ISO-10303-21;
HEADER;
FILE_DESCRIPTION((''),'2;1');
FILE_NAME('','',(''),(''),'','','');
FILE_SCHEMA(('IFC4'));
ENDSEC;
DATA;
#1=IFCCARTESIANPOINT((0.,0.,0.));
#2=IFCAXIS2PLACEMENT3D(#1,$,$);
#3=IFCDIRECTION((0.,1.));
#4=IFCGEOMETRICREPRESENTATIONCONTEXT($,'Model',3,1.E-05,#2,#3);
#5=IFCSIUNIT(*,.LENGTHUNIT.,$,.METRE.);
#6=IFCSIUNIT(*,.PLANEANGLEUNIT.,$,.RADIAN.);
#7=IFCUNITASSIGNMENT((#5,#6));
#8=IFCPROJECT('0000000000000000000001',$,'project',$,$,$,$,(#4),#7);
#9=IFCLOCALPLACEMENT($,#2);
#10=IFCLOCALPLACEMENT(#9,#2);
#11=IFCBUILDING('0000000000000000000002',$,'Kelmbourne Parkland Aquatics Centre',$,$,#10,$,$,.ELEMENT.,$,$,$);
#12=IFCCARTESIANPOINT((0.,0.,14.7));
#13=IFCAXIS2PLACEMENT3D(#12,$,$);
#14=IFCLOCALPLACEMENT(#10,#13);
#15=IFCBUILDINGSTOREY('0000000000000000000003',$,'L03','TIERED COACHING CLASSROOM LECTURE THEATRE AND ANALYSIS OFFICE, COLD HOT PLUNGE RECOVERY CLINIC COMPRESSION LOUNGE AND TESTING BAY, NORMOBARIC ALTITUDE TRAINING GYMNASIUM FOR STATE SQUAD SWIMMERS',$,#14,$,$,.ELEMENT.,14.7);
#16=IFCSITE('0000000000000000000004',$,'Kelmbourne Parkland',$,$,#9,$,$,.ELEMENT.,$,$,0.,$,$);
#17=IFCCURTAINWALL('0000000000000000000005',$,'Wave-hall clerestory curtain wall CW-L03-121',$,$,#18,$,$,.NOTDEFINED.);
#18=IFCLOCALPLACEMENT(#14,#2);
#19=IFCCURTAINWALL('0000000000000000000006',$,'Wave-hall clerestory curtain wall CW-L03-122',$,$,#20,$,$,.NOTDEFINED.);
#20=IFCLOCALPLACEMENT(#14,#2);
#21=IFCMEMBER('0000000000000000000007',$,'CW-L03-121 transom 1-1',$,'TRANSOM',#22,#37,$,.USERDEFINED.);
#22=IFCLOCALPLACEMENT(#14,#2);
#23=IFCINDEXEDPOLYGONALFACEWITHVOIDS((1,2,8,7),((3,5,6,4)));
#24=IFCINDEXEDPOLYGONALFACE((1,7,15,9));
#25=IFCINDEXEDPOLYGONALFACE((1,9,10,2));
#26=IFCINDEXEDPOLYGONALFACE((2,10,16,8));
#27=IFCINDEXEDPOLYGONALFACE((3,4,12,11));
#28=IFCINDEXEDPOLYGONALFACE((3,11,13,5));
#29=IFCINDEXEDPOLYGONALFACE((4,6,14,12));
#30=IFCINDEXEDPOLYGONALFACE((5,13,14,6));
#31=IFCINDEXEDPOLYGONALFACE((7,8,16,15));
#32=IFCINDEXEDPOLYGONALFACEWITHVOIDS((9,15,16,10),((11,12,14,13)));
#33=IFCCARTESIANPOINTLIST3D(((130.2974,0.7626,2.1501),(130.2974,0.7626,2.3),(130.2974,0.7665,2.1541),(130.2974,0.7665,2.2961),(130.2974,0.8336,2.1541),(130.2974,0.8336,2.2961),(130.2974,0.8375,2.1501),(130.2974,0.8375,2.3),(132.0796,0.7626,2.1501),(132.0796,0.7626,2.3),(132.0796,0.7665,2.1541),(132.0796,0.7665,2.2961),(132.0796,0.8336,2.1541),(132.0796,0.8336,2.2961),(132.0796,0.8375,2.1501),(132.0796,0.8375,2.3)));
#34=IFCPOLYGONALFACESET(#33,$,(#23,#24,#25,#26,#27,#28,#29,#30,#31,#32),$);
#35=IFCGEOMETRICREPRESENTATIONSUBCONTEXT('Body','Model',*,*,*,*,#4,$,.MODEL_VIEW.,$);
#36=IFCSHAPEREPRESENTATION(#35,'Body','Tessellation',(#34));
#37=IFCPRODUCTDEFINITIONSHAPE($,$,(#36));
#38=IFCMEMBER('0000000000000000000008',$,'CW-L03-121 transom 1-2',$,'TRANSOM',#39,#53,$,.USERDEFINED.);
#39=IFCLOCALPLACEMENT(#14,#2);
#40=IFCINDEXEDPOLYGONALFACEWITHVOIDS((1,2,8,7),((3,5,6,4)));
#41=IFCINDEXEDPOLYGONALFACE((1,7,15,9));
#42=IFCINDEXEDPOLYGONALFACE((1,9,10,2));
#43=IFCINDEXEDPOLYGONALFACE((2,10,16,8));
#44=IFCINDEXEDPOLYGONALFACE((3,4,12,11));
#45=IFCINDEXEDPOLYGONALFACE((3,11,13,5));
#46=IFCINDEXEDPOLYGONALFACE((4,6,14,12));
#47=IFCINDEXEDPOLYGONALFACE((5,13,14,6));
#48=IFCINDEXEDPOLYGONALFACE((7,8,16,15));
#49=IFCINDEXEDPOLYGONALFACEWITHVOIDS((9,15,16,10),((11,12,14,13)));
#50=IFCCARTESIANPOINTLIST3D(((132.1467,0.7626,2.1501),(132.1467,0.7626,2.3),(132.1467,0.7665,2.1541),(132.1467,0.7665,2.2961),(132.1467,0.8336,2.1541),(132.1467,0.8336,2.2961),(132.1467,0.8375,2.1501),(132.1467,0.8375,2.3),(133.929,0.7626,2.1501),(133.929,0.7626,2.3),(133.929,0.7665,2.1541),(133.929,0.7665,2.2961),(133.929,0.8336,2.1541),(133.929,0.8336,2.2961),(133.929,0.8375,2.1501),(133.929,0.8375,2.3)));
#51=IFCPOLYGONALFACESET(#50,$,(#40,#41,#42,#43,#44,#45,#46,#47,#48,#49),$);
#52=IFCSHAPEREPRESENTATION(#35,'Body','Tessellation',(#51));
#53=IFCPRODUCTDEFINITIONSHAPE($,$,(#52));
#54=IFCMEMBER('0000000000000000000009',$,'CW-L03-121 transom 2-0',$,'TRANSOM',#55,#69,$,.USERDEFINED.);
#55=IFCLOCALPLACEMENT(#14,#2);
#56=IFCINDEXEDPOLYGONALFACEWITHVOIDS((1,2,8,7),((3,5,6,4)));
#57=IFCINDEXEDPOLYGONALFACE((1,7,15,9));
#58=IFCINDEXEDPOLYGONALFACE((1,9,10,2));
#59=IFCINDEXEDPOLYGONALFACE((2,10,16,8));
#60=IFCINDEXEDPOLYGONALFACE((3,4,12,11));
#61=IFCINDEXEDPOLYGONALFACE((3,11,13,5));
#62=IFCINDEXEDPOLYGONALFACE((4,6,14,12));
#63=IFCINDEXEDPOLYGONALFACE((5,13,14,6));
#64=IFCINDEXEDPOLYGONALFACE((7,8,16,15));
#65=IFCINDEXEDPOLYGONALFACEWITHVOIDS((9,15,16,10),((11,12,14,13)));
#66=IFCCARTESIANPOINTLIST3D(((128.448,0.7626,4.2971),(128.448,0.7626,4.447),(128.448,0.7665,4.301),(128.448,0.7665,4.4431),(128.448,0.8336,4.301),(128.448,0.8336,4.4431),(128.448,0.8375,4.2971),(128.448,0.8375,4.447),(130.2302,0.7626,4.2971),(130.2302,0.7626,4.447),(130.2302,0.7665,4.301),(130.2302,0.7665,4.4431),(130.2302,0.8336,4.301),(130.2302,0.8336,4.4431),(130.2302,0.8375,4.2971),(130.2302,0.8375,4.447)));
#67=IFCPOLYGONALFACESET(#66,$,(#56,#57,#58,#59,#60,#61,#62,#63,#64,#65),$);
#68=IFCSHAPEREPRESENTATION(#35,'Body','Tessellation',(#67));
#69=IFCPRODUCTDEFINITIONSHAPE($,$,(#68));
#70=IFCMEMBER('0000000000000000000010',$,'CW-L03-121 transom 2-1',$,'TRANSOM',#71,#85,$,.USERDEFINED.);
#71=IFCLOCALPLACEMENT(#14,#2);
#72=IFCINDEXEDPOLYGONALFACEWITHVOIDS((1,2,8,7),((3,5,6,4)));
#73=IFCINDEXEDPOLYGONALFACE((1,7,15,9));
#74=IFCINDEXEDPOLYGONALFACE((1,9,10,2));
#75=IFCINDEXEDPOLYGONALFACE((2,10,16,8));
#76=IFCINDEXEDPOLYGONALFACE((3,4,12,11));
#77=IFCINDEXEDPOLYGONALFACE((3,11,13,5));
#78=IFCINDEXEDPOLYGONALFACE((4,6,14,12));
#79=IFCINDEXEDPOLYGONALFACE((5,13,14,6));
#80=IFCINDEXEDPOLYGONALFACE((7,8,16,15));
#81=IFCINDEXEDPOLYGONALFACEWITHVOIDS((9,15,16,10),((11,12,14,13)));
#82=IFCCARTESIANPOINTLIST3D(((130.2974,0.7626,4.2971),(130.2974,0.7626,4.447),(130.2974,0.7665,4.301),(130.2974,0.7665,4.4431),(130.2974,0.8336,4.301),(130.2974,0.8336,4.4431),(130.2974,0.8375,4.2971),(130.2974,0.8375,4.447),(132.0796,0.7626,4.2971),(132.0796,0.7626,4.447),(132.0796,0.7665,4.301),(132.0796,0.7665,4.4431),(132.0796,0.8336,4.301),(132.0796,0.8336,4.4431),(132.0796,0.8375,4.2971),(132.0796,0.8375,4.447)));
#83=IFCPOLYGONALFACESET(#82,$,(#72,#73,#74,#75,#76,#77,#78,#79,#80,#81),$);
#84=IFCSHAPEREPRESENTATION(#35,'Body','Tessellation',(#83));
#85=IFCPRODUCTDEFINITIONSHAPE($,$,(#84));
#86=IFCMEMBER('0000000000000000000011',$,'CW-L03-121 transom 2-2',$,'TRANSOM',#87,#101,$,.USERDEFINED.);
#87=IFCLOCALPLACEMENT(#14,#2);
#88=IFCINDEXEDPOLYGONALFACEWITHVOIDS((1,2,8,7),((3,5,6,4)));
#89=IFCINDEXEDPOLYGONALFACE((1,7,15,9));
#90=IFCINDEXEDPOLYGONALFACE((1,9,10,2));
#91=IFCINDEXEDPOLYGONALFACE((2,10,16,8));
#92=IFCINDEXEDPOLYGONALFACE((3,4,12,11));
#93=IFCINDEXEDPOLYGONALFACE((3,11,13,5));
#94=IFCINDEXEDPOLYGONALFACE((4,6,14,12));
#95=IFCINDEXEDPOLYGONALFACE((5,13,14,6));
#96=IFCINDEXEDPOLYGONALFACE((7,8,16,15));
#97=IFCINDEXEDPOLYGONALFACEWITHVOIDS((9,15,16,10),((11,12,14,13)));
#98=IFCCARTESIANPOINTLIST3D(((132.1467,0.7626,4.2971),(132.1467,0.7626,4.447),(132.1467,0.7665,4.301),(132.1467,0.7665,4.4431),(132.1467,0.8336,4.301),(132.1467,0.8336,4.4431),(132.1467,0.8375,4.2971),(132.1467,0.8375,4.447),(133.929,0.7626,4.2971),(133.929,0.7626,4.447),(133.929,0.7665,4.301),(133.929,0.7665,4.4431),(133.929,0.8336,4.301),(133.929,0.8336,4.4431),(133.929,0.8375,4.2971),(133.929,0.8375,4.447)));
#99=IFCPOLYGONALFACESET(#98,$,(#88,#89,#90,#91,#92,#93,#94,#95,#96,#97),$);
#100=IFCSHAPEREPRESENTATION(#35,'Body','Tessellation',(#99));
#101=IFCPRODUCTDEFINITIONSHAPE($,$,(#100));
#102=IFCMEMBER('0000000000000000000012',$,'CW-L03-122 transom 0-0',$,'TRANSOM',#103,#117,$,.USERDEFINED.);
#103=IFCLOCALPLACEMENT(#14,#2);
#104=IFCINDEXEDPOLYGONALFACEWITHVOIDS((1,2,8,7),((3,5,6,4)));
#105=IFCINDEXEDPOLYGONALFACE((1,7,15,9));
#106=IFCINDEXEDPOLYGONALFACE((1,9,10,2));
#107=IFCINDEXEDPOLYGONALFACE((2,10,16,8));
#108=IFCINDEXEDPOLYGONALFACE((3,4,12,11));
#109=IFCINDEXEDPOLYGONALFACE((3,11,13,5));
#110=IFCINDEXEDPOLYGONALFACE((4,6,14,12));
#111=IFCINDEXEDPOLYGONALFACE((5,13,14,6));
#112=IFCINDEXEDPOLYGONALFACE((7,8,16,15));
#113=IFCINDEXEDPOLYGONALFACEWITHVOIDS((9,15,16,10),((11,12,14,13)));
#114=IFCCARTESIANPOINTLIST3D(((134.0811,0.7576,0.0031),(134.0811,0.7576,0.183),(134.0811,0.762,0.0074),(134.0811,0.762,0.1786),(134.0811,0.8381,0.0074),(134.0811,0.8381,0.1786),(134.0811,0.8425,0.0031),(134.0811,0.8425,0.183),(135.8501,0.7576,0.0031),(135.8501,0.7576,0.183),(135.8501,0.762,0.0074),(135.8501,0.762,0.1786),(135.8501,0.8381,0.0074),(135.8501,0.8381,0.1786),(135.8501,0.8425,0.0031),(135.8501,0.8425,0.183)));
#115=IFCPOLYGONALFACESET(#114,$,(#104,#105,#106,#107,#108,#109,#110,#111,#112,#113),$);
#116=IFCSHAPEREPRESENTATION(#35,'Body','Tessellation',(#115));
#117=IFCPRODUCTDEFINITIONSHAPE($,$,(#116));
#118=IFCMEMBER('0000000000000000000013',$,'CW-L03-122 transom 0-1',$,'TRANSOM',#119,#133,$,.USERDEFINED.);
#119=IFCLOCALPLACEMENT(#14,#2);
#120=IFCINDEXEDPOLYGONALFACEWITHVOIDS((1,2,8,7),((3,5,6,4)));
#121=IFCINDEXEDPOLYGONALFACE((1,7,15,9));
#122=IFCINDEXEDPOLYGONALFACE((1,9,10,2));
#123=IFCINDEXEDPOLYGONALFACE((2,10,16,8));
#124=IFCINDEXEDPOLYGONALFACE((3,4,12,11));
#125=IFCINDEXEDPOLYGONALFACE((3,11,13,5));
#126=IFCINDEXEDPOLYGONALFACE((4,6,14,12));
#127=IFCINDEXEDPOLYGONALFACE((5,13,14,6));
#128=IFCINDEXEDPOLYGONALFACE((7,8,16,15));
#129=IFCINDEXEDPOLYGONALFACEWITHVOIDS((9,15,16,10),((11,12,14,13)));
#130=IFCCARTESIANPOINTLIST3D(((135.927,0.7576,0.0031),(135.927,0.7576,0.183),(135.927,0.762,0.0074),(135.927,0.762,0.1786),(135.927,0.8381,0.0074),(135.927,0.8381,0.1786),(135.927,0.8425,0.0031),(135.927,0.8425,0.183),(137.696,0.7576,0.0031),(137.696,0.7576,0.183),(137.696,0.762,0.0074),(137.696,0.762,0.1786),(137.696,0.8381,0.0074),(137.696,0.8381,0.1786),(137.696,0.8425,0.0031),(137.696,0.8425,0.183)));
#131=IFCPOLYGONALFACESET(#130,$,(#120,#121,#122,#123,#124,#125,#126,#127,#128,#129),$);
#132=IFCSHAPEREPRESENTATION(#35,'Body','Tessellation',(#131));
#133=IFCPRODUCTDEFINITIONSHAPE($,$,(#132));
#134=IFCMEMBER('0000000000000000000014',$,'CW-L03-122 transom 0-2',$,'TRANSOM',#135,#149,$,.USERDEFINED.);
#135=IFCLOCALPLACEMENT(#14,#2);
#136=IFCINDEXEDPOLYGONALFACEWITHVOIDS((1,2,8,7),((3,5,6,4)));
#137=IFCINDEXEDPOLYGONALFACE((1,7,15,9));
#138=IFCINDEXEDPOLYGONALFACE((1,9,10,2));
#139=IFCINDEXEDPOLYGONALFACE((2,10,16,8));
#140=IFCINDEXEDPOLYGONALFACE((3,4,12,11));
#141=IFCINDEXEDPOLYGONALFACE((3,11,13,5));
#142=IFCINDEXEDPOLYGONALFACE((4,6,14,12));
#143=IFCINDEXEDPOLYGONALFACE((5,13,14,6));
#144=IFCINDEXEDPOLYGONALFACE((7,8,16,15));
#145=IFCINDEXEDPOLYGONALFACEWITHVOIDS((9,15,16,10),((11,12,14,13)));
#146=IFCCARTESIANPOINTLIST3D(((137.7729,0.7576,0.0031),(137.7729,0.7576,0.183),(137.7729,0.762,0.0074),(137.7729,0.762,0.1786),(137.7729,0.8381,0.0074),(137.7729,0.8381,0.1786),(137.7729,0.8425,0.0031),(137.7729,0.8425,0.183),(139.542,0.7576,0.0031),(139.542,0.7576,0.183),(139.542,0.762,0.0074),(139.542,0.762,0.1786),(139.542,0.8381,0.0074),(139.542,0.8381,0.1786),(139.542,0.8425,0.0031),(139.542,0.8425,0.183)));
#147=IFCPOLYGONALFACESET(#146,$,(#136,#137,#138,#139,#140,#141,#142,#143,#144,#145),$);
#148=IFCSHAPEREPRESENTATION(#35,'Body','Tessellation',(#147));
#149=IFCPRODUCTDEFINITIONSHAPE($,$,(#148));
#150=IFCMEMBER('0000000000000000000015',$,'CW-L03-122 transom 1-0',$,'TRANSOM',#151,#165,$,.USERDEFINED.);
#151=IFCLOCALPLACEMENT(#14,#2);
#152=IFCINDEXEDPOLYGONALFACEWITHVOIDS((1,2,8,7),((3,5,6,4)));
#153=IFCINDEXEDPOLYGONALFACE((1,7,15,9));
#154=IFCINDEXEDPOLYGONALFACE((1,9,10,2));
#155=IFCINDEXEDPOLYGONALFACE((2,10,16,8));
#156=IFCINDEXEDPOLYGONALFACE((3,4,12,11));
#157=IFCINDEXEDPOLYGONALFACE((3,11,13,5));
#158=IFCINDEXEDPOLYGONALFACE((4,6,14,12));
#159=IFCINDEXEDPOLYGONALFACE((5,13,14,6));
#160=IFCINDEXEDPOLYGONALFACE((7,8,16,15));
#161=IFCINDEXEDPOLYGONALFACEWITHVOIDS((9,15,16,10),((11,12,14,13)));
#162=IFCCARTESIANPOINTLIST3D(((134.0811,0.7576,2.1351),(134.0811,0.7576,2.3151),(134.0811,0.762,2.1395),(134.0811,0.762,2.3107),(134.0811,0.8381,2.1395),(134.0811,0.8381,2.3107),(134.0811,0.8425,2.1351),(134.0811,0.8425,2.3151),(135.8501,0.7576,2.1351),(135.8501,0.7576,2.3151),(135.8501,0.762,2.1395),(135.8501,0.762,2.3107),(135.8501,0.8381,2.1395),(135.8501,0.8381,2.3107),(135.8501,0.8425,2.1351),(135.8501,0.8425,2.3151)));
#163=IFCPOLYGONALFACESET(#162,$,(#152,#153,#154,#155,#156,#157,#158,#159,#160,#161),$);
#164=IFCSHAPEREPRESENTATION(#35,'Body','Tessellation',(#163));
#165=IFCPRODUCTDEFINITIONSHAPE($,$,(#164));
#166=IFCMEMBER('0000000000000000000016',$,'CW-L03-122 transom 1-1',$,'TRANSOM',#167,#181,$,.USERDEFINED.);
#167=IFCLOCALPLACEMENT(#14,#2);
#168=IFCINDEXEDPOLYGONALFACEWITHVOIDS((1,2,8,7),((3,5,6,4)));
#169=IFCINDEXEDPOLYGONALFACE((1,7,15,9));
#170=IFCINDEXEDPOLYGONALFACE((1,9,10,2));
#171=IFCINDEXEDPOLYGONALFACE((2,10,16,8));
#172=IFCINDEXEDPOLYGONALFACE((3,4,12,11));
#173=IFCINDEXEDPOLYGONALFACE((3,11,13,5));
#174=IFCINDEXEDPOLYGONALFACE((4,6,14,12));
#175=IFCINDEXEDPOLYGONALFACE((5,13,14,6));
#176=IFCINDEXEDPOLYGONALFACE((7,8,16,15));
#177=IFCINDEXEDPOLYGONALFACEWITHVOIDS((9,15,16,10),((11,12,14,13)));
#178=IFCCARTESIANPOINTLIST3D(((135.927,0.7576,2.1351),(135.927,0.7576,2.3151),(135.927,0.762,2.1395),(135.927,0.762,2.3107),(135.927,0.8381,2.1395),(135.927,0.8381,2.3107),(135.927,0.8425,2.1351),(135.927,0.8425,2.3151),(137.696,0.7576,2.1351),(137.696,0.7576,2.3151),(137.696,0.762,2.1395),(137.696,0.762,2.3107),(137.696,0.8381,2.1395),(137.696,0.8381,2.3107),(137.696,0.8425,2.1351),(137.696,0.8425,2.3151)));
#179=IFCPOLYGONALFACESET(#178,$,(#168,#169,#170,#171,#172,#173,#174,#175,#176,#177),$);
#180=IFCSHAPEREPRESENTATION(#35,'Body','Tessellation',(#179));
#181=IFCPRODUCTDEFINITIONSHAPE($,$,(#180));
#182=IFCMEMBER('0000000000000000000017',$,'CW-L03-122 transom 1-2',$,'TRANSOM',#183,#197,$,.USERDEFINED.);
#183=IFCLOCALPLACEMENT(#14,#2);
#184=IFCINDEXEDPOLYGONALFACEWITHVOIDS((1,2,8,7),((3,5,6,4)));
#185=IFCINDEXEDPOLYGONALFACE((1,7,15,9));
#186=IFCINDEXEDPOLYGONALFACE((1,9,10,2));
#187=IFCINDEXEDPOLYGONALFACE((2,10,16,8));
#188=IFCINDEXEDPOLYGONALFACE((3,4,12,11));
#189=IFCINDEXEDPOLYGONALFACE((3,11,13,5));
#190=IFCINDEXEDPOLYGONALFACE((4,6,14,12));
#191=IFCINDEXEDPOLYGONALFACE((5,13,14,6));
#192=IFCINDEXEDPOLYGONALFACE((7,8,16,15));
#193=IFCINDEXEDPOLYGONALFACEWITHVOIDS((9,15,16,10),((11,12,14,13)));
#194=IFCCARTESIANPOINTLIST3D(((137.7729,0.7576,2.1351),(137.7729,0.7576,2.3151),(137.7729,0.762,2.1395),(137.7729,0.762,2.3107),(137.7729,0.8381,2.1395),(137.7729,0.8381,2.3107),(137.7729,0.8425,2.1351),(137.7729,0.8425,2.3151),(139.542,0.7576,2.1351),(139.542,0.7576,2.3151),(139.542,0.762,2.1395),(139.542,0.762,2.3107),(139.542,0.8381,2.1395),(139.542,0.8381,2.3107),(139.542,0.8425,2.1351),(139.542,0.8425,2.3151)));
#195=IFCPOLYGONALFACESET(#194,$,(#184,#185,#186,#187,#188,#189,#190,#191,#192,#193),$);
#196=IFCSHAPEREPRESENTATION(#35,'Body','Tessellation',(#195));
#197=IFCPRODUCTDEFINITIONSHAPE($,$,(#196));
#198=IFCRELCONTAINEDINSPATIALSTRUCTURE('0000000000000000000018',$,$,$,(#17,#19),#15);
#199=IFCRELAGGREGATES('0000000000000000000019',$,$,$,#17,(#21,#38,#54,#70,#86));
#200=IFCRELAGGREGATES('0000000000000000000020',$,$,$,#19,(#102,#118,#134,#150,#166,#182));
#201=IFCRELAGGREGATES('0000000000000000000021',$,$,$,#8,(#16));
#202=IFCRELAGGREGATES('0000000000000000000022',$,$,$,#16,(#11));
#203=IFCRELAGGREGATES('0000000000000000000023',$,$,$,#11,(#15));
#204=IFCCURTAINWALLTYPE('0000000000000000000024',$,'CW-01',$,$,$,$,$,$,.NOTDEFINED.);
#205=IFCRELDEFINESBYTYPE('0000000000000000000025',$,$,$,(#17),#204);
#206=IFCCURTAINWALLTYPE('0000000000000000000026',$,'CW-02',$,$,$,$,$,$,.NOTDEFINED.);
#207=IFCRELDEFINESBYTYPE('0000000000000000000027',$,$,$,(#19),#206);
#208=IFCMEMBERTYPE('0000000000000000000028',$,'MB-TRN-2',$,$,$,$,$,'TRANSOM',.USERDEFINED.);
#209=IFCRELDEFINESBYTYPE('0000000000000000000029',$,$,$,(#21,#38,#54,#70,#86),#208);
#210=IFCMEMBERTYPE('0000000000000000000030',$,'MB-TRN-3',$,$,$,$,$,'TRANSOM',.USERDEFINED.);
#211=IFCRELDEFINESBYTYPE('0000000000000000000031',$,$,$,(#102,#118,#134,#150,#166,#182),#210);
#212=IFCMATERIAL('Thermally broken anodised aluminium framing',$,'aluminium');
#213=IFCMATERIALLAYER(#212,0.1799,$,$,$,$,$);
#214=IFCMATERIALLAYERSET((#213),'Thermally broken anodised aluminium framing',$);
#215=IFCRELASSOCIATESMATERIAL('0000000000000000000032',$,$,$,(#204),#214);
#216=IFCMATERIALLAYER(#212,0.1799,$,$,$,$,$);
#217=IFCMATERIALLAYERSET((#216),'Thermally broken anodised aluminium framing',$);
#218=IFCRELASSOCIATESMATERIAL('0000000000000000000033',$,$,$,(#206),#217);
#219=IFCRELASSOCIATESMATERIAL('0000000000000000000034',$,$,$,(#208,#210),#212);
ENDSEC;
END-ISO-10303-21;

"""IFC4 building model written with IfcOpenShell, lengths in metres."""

from ifc_helpers import new_model, si_unit, direction, frame, origin, origin_2d, place, context, subcontext, project, spatial, hollow_rectangle, extrude, material, layer, layer_set, material_profile, profile_set, type_object, element, aggregate, save


model = new_model("IFC4")

# Units and contexts
model_context = context("Model", 3, precision=1e-05, world=origin(), true_north=direction((0.0, 1.0)))
body_context = subcontext(model_context, "Body", "Model", "MODEL_VIEW")
ifc_project = project(units=[si_unit("LENGTHUNIT", "METRE"), si_unit("PLANEANGLEUNIT", "RADIAN")], contexts=[model_context])

# Site, building, storey
site_placement = place(None, origin())
site = spatial("IfcSite", under=ifc_project, at=site_placement, Name="Kelmbourne Parkland", CompositionType="ELEMENT", RefElevation=0.0)
building_placement = place(site_placement, origin())
building = spatial("IfcBuilding", under=site, at=building_placement, Name="Kelmbourne Parkland Aquatics Centre", CompositionType="ELEMENT")
storey_placement = place(building_placement, frame((0.0, 0.0, 14.7)))
storey = spatial("IfcBuildingStorey", under=building, at=storey_placement, Name="L03", Description="TIERED COACHING CLASSROOM LECTURE THEATRE AND ANALYSIS OFFICE, COLD HOT PLUNGE RECOVERY CLINIC COMPRESSION LOUNGE AND TESTING BAY, NORMOBARIC ALTITUDE TRAINING GYMNASIUM FOR STATE SQUAD SWIMMERS", CompositionType="ELEMENT", Elevation=14.7)

# Curtain walls
ifc_material_1 = material(Name="Thermally broken anodised aluminium framing", Category="aluminium")
ifc_layer_1 = layer(ifc_material_1, 0.1799)
ifc_layer_set_1 = layer_set([ifc_layer_1], Name="Thermally broken anodised aluminium framing")
curtain_wall_type_1 = type_object("IfcCurtainWallType", Name="CW-01", PredefinedType="NOTDEFINED", material=ifc_layer_set_1)
curtain_wall_1_placement = place(storey_placement, origin())
curtain_wall_1 = element("IfcCurtainWall", 1, at=curtain_wall_1_placement, inside=storey, type_object=curtain_wall_type_1, Name="Wave-hall clerestory curtain wall CW-L03-121", PredefinedType="NOTDEFINED")
ifc_layer_2 = layer(ifc_material_1, 0.1799)
ifc_layer_set_2 = layer_set([ifc_layer_2], Name="Thermally broken anodised aluminium framing")
curtain_wall_type_2 = type_object("IfcCurtainWallType", Name="CW-02", PredefinedType="NOTDEFINED", material=ifc_layer_set_2)
curtain_wall_2_placement = place(storey_placement, origin())
curtain_wall_2 = element("IfcCurtainWall", 2, at=curtain_wall_2_placement, inside=storey, type_object=curtain_wall_type_2, Name="Wave-hall clerestory curtain wall CW-L03-122", PredefinedType="NOTDEFINED")

# Members
ifc_material_profile_1 = material_profile(ifc_material_1, hollow_rectangle(XDim=0.075, YDim=0.1499, WallThickness=0.0039, at=origin_2d()), Name="CW-T 75x150")
ifc_profile_set_1 = profile_set([ifc_material_profile_1], Name="Thermally broken anodised aluminium framing")
member_type_1 = type_object("IfcMemberType", Name="MB-TRN-2", ElementType="TRANSOM", PredefinedType="USERDEFINED", material=ifc_profile_set_1)
member_1_placement = place(storey_placement, frame((130.2974, 0.8, 2.2251), z_axis=(1.0, 0.0, 0.0), x_axis=(0.0, 1.0, 0.0)))
member_1 = element("IfcMember", 3, at=member_1_placement, type_object=member_type_1, Name="CW-L03-121 transom 1-1", ObjectType="TRANSOM", PredefinedType="USERDEFINED", context=body_context, shape_type="SweptSolid", body=[
    extrude(hollow_rectangle(XDim=0.075, YDim=0.1499, WallThickness=0.0039, at=origin_2d()), origin(), (0.0, 0.0, 1.0), 1.7822),
])
member_2_placement = place(storey_placement, frame((132.1467, 0.8, 2.2251), z_axis=(1.0, 0.0, 0.0), x_axis=(0.0, 1.0, 0.0)))
member_2 = element("IfcMember", 4, at=member_2_placement, type_object=member_type_1, Name="CW-L03-121 transom 1-2", ObjectType="TRANSOM", PredefinedType="USERDEFINED", context=body_context, shape_type="SweptSolid", body=[
    extrude(hollow_rectangle(XDim=0.075, YDim=0.1499, WallThickness=0.0039, at=origin_2d()), origin(), (0.0, 0.0, 1.0), 1.7822),
])
member_3_placement = place(storey_placement, frame((128.448, 0.8, 4.3721), z_axis=(1.0, 0.0, 0.0), x_axis=(0.0, 1.0, 0.0)))
member_3 = element("IfcMember", 5, at=member_3_placement, type_object=member_type_1, Name="CW-L03-121 transom 2-0", ObjectType="TRANSOM", PredefinedType="USERDEFINED", context=body_context, shape_type="SweptSolid", body=[
    extrude(hollow_rectangle(XDim=0.075, YDim=0.1499, WallThickness=0.0039, at=origin_2d()), origin(), (0.0, 0.0, 1.0), 1.7822),
])
member_4_placement = place(storey_placement, frame((130.2974, 0.8, 4.3721), z_axis=(1.0, 0.0, 0.0), x_axis=(0.0, 1.0, 0.0)))
member_4 = element("IfcMember", 6, at=member_4_placement, type_object=member_type_1, Name="CW-L03-121 transom 2-1", ObjectType="TRANSOM", PredefinedType="USERDEFINED", context=body_context, shape_type="SweptSolid", body=[
    extrude(hollow_rectangle(XDim=0.075, YDim=0.1499, WallThickness=0.0039, at=origin_2d()), origin(), (0.0, 0.0, 1.0), 1.7822),
])
member_5_placement = place(storey_placement, frame((132.1467, 0.8, 4.3721), z_axis=(1.0, 0.0, 0.0), x_axis=(0.0, 1.0, 0.0)))
member_5 = element("IfcMember", 7, at=member_5_placement, type_object=member_type_1, Name="CW-L03-121 transom 2-2", ObjectType="TRANSOM", PredefinedType="USERDEFINED", context=body_context, shape_type="SweptSolid", body=[
    extrude(hollow_rectangle(XDim=0.075, YDim=0.1499, WallThickness=0.0039, at=origin_2d()), origin(), (0.0, 0.0, 1.0), 1.7822),
])
ifc_material_profile_2 = material_profile(ifc_material_1, hollow_rectangle(XDim=0.085, YDim=0.1799, WallThickness=0.0044, at=origin_2d()), Name="CW-T 85x180")
ifc_profile_set_2 = profile_set([ifc_material_profile_2], Name="Thermally broken anodised aluminium framing")
member_type_2 = type_object("IfcMemberType", Name="MB-TRN-3", ElementType="TRANSOM", PredefinedType="USERDEFINED", material=ifc_profile_set_2)
member_6_placement = place(storey_placement, frame((134.0811, 0.8, 0.093), z_axis=(1.0, 0.0, 0.0), x_axis=(0.0, 1.0, 0.0)))
member_6 = element("IfcMember", 8, at=member_6_placement, type_object=member_type_2, Name="CW-L03-122 transom 0-0", ObjectType="TRANSOM", PredefinedType="USERDEFINED", context=body_context, shape_type="SweptSolid", body=[
    extrude(hollow_rectangle(XDim=0.085, YDim=0.1799, WallThickness=0.0044, at=origin_2d()), origin(), (0.0, 0.0, 1.0), 1.769),
])
member_7_placement = place(storey_placement, frame((135.927, 0.8, 0.093), z_axis=(1.0, 0.0, 0.0), x_axis=(0.0, 1.0, 0.0)))
member_7 = element("IfcMember", 9, at=member_7_placement, type_object=member_type_2, Name="CW-L03-122 transom 0-1", ObjectType="TRANSOM", PredefinedType="USERDEFINED", context=body_context, shape_type="SweptSolid", body=[
    extrude(hollow_rectangle(XDim=0.085, YDim=0.1799, WallThickness=0.0044, at=origin_2d()), origin(), (0.0, 0.0, 1.0), 1.769),
])
member_8_placement = place(storey_placement, frame((137.7729, 0.8, 0.093), z_axis=(1.0, 0.0, 0.0), x_axis=(0.0, 1.0, 0.0)))
member_8 = element("IfcMember", 10, at=member_8_placement, type_object=member_type_2, Name="CW-L03-122 transom 0-2", ObjectType="TRANSOM", PredefinedType="USERDEFINED", context=body_context, shape_type="SweptSolid", body=[
    extrude(hollow_rectangle(XDim=0.085, YDim=0.1799, WallThickness=0.0044, at=origin_2d()), origin(), (0.0, 0.0, 1.0), 1.769),
])
member_9_placement = place(storey_placement, frame((134.0811, 0.8, 2.2251), z_axis=(1.0, 0.0, 0.0), x_axis=(0.0, 1.0, 0.0)))
member_9 = element("IfcMember", 11, at=member_9_placement, type_object=member_type_2, Name="CW-L03-122 transom 1-0", ObjectType="TRANSOM", PredefinedType="USERDEFINED", context=body_context, shape_type="SweptSolid", body=[
    extrude(hollow_rectangle(XDim=0.085, YDim=0.1799, WallThickness=0.0044, at=origin_2d()), origin(), (0.0, 0.0, 1.0), 1.769),
])
member_10_placement = place(storey_placement, frame((135.927, 0.8, 2.2251), z_axis=(1.0, 0.0, 0.0), x_axis=(0.0, 1.0, 0.0)))
member_10 = element("IfcMember", 12, at=member_10_placement, type_object=member_type_2, Name="CW-L03-122 transom 1-1", ObjectType="TRANSOM", PredefinedType="USERDEFINED", context=body_context, shape_type="SweptSolid", body=[
    extrude(hollow_rectangle(XDim=0.085, YDim=0.1799, WallThickness=0.0044, at=origin_2d()), origin(), (0.0, 0.0, 1.0), 1.769),
])
member_11_placement = place(storey_placement, frame((137.7729, 0.8, 2.2251), z_axis=(1.0, 0.0, 0.0), x_axis=(0.0, 1.0, 0.0)))
member_11 = element("IfcMember", 13, at=member_11_placement, type_object=member_type_2, Name="CW-L03-122 transom 1-2", ObjectType="TRANSOM", PredefinedType="USERDEFINED", context=body_context, shape_type="SweptSolid", body=[
    extrude(hollow_rectangle(XDim=0.085, YDim=0.1799, WallThickness=0.0044, at=origin_2d()), origin(), (0.0, 0.0, 1.0), 1.769),
])

aggregate(curtain_wall_1, [member_1, member_2, member_3, member_4, member_5])
aggregate(curtain_wall_2, [member_6, member_7, member_8, member_9, member_10, member_11])

save(model, "model.ifc")
